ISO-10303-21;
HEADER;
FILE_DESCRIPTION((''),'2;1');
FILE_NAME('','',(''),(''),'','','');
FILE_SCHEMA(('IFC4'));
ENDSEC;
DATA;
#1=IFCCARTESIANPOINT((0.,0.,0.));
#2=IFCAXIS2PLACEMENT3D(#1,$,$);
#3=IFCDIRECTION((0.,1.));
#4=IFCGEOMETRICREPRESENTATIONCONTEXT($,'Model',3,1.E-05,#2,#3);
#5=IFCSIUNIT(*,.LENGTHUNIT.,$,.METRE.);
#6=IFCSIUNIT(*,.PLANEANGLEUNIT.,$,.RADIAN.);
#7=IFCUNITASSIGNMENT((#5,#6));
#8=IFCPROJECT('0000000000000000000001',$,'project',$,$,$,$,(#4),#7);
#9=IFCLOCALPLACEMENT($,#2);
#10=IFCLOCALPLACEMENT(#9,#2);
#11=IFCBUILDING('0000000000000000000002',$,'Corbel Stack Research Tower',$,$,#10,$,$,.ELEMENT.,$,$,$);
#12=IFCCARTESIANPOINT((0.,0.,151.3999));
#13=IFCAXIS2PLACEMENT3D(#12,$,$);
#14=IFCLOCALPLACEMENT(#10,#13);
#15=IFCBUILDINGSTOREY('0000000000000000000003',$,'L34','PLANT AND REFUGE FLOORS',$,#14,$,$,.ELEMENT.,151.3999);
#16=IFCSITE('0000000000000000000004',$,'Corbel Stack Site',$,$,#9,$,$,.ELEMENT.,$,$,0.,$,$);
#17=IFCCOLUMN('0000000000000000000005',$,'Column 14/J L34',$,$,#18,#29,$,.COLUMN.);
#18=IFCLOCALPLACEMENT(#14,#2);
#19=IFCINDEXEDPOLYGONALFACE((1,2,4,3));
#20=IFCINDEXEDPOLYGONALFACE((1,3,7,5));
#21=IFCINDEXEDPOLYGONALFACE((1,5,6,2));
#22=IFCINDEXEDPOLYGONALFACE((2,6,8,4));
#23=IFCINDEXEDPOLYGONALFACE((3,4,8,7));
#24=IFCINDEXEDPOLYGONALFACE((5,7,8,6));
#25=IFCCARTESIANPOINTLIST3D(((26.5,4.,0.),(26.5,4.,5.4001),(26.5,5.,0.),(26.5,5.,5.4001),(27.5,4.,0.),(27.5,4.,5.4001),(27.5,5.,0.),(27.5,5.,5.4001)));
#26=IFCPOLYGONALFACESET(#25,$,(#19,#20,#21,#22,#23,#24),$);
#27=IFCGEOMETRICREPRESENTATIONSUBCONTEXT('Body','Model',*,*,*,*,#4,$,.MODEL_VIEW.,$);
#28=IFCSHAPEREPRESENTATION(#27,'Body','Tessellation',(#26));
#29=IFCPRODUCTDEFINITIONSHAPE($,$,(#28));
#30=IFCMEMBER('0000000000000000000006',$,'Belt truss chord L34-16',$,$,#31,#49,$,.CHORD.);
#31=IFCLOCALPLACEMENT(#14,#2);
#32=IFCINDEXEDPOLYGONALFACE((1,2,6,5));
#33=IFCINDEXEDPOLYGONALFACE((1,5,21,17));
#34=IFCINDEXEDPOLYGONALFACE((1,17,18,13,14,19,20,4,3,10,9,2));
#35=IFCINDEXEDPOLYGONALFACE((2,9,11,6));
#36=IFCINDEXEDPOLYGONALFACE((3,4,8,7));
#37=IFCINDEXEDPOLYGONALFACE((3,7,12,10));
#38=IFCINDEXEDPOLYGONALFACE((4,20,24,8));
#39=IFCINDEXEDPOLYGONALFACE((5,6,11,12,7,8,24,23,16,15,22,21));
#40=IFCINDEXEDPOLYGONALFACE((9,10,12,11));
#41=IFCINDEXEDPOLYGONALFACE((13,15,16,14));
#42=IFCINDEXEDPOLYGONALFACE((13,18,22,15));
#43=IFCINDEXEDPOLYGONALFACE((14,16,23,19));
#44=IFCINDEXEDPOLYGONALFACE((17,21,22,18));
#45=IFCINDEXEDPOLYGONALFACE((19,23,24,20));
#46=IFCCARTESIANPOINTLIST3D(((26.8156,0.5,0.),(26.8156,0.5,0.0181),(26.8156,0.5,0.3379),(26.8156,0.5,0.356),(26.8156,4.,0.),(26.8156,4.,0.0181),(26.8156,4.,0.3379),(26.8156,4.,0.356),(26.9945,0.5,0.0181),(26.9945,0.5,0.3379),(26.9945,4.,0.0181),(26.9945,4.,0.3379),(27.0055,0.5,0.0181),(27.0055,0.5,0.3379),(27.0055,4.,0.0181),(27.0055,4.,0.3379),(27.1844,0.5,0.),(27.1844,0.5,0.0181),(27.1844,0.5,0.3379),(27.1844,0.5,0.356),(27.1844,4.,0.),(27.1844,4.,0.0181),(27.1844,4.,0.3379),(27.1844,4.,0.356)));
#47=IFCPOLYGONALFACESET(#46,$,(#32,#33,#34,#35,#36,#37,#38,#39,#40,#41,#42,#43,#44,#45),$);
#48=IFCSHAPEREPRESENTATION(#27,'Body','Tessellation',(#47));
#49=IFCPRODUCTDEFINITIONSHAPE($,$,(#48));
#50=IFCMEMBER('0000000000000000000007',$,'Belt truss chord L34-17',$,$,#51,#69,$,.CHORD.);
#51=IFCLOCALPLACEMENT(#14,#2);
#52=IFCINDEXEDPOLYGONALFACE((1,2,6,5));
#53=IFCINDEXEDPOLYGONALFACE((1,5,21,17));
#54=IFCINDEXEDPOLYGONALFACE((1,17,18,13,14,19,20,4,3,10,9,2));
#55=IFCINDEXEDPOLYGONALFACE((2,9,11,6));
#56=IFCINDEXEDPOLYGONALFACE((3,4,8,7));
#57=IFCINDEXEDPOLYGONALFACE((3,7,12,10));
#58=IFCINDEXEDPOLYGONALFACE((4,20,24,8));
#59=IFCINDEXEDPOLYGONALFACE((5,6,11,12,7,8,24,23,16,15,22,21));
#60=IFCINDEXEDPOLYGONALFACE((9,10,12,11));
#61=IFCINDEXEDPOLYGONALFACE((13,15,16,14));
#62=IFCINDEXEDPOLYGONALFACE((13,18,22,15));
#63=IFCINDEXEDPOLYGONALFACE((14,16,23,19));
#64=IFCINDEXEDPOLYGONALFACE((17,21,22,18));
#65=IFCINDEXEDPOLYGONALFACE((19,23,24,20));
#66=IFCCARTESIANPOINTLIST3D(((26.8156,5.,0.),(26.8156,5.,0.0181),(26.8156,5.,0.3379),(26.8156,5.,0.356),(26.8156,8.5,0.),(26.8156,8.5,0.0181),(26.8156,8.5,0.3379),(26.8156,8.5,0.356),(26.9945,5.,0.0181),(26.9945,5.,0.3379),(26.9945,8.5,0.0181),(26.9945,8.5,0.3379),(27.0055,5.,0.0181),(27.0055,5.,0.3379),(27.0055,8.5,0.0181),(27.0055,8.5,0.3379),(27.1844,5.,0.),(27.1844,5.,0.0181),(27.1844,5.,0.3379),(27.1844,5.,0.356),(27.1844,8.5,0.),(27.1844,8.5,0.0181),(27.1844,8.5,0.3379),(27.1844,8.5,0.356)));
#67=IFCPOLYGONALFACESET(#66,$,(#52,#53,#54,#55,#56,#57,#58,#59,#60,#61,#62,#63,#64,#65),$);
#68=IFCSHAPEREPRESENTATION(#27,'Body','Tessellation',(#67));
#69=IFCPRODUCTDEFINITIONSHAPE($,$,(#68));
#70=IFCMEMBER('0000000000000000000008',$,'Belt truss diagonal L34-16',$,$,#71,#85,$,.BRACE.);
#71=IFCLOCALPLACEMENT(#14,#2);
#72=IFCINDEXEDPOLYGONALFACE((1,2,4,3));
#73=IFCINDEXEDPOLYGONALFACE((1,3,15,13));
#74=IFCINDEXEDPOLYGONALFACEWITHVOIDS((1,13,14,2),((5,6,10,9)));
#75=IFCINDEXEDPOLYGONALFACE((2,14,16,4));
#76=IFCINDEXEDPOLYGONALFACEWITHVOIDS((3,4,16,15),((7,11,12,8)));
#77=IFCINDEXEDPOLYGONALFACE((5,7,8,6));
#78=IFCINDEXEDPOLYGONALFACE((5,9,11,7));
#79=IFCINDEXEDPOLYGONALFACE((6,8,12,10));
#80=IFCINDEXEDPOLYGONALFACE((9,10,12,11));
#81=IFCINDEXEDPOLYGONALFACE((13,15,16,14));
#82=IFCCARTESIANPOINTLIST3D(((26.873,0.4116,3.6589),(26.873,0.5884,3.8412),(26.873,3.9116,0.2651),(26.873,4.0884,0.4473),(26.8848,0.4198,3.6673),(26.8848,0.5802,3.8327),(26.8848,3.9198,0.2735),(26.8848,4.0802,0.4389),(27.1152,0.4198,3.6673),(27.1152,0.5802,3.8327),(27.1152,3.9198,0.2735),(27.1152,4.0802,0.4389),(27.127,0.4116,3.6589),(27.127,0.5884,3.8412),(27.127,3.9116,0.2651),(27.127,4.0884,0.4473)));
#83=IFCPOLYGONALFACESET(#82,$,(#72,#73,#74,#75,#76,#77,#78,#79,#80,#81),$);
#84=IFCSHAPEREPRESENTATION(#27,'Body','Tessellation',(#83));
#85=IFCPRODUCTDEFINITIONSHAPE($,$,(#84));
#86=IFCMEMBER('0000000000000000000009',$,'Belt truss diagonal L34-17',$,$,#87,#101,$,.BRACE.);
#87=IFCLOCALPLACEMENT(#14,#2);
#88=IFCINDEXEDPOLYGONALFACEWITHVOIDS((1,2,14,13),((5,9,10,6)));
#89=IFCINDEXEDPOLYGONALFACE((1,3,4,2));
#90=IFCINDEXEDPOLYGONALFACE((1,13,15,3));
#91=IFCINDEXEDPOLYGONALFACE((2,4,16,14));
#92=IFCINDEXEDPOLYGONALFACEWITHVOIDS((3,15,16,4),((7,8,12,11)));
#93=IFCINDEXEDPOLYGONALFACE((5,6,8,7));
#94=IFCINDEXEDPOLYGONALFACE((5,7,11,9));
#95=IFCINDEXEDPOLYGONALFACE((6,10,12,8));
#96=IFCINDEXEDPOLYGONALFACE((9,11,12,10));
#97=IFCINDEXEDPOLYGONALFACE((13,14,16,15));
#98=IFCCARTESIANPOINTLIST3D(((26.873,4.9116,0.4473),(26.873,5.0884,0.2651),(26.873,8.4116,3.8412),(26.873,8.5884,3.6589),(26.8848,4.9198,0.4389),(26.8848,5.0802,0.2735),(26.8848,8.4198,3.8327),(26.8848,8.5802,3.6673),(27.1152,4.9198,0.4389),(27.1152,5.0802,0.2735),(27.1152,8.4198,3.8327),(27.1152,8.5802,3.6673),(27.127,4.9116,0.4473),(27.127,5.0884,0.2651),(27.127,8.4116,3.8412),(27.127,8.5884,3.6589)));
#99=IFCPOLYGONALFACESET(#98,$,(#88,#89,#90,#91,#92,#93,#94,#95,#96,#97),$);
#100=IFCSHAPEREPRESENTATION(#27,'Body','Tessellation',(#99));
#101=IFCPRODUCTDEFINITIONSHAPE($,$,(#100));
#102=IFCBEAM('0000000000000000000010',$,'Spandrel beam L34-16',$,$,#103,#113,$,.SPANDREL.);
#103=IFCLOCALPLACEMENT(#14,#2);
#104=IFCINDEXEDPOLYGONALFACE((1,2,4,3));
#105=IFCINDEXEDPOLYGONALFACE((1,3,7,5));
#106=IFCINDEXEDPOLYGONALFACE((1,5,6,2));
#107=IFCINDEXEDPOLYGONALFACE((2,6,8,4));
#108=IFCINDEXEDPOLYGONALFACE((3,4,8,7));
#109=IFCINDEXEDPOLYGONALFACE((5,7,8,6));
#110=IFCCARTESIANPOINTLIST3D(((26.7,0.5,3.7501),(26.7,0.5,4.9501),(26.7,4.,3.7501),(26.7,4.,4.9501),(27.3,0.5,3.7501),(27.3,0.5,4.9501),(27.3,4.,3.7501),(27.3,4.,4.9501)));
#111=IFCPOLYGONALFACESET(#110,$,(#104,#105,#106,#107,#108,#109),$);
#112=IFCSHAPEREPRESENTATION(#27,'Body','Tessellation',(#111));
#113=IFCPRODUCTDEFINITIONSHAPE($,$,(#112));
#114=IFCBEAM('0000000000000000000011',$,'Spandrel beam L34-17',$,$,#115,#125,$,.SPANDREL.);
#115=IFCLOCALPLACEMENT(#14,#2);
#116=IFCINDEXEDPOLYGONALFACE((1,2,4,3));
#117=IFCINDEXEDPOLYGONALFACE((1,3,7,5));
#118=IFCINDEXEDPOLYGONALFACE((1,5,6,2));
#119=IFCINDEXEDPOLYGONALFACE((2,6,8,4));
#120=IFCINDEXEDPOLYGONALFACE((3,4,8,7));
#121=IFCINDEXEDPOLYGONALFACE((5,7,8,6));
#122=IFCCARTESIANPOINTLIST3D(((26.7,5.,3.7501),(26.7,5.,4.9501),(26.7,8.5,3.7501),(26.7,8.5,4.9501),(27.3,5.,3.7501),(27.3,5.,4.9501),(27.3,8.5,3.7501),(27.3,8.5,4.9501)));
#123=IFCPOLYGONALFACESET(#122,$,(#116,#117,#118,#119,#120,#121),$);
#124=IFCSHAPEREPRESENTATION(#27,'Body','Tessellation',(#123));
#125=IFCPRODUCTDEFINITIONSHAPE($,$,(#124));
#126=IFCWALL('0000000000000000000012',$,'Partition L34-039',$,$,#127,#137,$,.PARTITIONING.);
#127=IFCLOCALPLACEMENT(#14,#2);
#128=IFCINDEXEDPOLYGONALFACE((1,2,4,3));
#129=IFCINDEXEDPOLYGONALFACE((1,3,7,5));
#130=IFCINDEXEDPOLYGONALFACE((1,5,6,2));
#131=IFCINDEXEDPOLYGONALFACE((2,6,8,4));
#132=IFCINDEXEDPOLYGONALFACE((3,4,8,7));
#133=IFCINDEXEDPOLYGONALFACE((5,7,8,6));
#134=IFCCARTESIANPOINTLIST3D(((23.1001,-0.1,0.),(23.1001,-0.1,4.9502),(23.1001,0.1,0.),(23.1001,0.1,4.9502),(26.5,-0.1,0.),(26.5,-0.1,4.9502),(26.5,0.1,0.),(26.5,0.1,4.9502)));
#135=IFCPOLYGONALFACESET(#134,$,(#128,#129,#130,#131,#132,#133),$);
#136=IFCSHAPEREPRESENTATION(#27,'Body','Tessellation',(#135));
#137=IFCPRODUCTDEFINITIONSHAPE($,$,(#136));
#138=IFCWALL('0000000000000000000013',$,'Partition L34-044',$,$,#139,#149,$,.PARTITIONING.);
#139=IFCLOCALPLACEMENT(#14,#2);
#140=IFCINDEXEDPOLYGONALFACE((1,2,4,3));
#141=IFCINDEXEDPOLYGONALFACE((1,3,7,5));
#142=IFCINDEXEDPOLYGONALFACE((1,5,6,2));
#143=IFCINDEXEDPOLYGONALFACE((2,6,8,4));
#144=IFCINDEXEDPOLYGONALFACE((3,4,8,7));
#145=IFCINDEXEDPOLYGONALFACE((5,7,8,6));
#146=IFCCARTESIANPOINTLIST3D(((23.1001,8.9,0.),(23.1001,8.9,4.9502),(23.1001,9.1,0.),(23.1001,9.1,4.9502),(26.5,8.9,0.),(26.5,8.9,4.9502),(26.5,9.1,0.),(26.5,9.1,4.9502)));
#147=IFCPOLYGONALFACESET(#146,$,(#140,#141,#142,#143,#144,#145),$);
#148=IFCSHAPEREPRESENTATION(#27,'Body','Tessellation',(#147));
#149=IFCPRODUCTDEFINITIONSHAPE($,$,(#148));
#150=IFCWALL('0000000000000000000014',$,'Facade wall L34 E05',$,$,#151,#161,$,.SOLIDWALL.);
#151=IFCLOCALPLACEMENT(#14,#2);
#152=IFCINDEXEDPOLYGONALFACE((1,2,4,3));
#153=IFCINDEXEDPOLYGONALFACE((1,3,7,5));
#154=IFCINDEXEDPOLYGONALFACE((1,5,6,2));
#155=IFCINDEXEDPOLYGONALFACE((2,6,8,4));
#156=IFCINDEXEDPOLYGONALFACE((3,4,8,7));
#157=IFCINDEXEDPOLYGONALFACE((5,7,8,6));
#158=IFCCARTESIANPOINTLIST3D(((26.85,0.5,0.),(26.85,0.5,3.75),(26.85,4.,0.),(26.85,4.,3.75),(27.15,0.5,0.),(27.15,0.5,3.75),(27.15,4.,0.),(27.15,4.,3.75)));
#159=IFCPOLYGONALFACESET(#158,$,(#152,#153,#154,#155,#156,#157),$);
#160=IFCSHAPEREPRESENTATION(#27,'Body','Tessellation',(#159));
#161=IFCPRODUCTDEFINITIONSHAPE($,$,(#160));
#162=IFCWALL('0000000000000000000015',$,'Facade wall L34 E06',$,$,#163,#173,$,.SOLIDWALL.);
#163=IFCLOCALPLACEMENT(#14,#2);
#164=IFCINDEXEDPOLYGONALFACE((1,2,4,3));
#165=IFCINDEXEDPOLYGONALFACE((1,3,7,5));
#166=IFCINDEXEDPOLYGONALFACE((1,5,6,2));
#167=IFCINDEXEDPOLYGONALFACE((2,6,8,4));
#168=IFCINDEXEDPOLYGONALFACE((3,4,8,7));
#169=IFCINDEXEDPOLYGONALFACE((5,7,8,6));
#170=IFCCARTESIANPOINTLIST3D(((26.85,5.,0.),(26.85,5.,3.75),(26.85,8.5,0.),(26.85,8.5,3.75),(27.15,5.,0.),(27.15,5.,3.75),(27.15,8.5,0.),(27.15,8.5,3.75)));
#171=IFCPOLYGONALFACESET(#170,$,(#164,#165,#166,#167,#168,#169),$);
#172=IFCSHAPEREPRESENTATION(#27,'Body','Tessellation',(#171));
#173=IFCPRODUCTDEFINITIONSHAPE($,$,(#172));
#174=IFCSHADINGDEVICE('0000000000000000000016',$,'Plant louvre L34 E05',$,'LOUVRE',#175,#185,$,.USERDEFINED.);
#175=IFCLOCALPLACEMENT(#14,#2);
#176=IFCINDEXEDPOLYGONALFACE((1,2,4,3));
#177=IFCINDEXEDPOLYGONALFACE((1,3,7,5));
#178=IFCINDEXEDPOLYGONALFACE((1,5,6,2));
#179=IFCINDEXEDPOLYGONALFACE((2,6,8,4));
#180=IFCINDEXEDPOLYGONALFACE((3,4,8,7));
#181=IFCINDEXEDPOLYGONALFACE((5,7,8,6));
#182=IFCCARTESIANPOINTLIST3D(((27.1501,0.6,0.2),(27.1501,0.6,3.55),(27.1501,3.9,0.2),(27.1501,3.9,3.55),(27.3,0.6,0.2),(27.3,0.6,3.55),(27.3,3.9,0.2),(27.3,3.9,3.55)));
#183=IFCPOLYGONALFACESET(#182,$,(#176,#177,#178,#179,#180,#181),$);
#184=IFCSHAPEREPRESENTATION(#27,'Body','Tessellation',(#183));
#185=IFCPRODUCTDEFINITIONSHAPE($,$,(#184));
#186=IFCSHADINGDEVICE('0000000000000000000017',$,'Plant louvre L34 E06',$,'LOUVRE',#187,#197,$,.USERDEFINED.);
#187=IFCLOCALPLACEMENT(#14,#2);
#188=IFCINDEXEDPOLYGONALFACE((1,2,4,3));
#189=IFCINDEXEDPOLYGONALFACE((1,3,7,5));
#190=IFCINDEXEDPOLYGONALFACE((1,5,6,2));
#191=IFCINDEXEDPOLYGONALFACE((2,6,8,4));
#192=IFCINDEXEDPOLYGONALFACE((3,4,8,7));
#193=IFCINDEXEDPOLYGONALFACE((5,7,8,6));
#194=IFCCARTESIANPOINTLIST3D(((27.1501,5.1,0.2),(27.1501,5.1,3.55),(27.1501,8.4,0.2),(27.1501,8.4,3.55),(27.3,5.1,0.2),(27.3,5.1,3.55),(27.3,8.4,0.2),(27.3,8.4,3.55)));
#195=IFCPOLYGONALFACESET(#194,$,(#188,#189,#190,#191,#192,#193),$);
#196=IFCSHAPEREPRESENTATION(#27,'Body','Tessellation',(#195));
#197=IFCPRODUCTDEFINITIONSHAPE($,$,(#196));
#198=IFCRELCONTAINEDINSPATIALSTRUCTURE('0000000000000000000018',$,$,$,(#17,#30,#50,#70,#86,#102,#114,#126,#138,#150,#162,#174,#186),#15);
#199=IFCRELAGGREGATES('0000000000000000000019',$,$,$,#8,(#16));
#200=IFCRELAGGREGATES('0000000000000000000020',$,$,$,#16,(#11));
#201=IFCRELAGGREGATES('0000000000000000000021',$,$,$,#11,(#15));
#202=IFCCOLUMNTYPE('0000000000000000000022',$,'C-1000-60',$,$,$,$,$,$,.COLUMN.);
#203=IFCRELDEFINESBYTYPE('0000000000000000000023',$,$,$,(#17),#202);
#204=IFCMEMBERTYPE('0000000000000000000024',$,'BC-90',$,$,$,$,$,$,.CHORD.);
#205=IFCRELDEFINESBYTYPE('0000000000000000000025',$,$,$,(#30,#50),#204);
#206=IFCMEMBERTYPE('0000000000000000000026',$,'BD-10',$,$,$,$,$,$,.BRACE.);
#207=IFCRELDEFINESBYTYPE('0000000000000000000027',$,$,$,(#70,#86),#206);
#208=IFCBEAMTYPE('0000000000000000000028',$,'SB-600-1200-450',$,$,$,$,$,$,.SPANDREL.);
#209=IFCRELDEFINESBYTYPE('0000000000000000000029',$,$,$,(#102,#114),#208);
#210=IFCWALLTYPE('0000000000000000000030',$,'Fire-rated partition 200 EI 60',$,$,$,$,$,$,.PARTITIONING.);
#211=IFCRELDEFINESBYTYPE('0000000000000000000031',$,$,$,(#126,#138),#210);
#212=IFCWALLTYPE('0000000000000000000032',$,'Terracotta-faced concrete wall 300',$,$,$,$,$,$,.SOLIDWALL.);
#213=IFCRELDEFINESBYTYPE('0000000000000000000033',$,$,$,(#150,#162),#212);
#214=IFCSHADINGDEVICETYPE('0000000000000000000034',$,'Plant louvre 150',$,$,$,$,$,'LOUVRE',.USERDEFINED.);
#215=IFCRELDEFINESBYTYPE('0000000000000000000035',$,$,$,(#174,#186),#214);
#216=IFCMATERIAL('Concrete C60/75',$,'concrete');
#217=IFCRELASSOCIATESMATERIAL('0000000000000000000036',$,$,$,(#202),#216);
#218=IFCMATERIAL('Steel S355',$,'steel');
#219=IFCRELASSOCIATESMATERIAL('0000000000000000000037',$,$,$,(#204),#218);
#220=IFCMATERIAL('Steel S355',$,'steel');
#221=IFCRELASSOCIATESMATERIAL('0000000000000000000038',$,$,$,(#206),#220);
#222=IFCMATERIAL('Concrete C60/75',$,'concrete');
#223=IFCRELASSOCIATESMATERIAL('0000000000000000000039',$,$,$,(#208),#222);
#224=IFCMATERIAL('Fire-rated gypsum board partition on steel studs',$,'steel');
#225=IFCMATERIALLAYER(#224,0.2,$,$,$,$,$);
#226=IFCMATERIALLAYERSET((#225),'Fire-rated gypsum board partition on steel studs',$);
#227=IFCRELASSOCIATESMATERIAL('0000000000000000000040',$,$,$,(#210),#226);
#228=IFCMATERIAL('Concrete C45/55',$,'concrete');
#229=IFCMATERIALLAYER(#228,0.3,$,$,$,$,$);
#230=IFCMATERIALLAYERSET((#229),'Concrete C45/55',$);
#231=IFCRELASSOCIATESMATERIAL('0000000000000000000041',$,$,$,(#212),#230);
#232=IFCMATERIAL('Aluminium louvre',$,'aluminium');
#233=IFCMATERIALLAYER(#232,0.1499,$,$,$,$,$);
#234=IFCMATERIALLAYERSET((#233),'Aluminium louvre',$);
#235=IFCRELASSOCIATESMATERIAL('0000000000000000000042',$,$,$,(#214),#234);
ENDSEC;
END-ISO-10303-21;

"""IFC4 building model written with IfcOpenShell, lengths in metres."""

from ifc_helpers import new_model, si_unit, direction, frame, frame_2d, origin, origin_2d, place, context, subcontext, project, spatial, rectangle, hollow_rectangle, i_section, extrude, material, layer, layer_set, material_profile, profile_set, type_object, element, save


model = new_model("IFC4")

# Units and contexts
model_context = context("Model", 3, precision=1e-05, world=origin(), true_north=direction((0.0, 1.0)))
body_context = subcontext(model_context, "Body", "Model", "MODEL_VIEW")
ifc_project = project(units=[si_unit("LENGTHUNIT", "METRE"), si_unit("PLANEANGLEUNIT", "RADIAN")], contexts=[model_context])

# Site, building, storey
site_placement = place(None, origin())
site = spatial("IfcSite", under=ifc_project, at=site_placement, Name="Corbel Stack Site", CompositionType="ELEMENT", RefElevation=0.0)
building_placement = place(site_placement, origin())
building = spatial("IfcBuilding", under=site, at=building_placement, Name="Corbel Stack Research Tower", CompositionType="ELEMENT")
storey_placement = place(building_placement, frame((0.0, 0.0, 151.3999)))
storey = spatial("IfcBuildingStorey", under=building, at=storey_placement, Name="L34", Description="PLANT AND REFUGE FLOORS", CompositionType="ELEMENT", Elevation=151.3999)

# Column
ifc_material_1 = material(Name="Concrete C60/75", Category="concrete")
ifc_material_profile_1 = material_profile(ifc_material_1, rectangle(XDim=1.0, YDim=1.0, at=origin_2d()), Name="RC 1000 x 1000")
ifc_profile_set_1 = profile_set([ifc_material_profile_1], Name="Concrete C60/75")
column_type = type_object("IfcColumnType", Name="C-1000-60", PredefinedType="COLUMN", material=ifc_profile_set_1)
column_placement = place(storey_placement, frame((27.0, 4.5, 0.0), z_axis=(0.0, 0.0, 1.0), x_axis=(1.0, 0.0, 0.0)))
element("IfcColumn", 1, at=column_placement, inside=storey, type_object=column_type, Name="Column 14/J L34", PredefinedType="COLUMN", context=body_context, shape_type="SweptSolid", body=[
    extrude(rectangle(XDim=1.0, YDim=1.0, at=origin_2d()), origin(), (0.0, 0.0, 1.0), 5.4001),
])

# Members
ifc_material_2 = material(Name="Steel S355", Category="steel")
ifc_material_profile_2 = material_profile(ifc_material_2, i_section(OverallWidth=0.3689, OverallDepth=0.356, WebThickness=0.011, FlangeThickness=0.0181, at=origin_2d()), Name="W14x90")
ifc_profile_set_2 = profile_set([ifc_material_profile_2], Name="Steel S355")
member_type_1 = type_object("IfcMemberType", Name="BC-90", PredefinedType="CHORD", material=ifc_profile_set_2)
for number, where, z_axis, x_axis, name in (
    (2, (27.0, 0.5, 0.178), (0.0, 1.0, 0.0), (-1.0, 0.0, 0.0), "Belt truss chord L34-16"),
    (3, (27.0, 5.0, 0.178), (0.0, 1.0, 0.0), (-1.0, 0.0, 0.0), "Belt truss chord L34-17"),
):
    element("IfcMember", number, at=place(storey_placement, frame(where, z_axis=z_axis, x_axis=x_axis)), inside=storey, type_object=member_type_1, Name=name, PredefinedType="CHORD", context=body_context, shape_type="SweptSolid", body=[
        extrude(i_section(OverallWidth=0.3689, OverallDepth=0.356, WebThickness=0.011, FlangeThickness=0.0181, at=origin_2d()), origin(), (0.0, 0.0, 1.0), 3.5),
    ])
ifc_material_3 = material(Name="Steel S355", Category="steel")
ifc_material_profile_3 = material_profile(ifc_material_3, hollow_rectangle(XDim=0.2539, YDim=0.2539, WallThickness=0.0117, at=origin_2d()), Name="HSS10x10x1/2")
ifc_profile_set_3 = profile_set([ifc_material_profile_3], Name="Steel S355")
member_type_2 = type_object("IfcMemberType", Name="BD-10", PredefinedType="BRACE", material=ifc_profile_set_3)
for number, where, z_axis, x_axis, name in (
    (4, (27.0, 4.0, 0.3562), (0.0, -0.717915, 0.696131), (1.0, 0.0, 0.0), "Belt truss diagonal L34-16"),
    (5, (27.0, 5.0, 0.3562), (0.0, 0.717915, 0.696131), (-1.0, 0.0, 0.0), "Belt truss diagonal L34-17"),
):
    element("IfcMember", number, at=place(storey_placement, frame(where, z_axis=z_axis, x_axis=x_axis)), inside=storey, type_object=member_type_2, Name=name, PredefinedType="BRACE", context=body_context, shape_type="SweptSolid", body=[
        extrude(hollow_rectangle(XDim=0.2539, YDim=0.2539, WallThickness=0.0117, at=origin_2d()), origin(), (0.0, 0.0, 1.0), 4.8752),
    ])

# Beams
ifc_material_4 = material(Name="Concrete C60/75", Category="concrete")
ifc_material_profile_4 = material_profile(ifc_material_4, rectangle(XDim=0.6001, YDim=1.2, at=origin_2d()), Name="RC 600 x 1200")
ifc_profile_set_4 = profile_set([ifc_material_profile_4], Name="Concrete C60/75")
beam_type = type_object("IfcBeamType", Name="SB-600-1200-450", PredefinedType="SPANDREL", material=ifc_profile_set_4)
for number, where, z_axis, x_axis, name in (
    (6, (27.0, 0.5, 4.3501), (0.0, 1.0, 0.0), (-1.0, 0.0, 0.0), "Spandrel beam L34-16"),
    (7, (27.0, 5.0, 4.3501), (0.0, 1.0, 0.0), (-1.0, 0.0, 0.0), "Spandrel beam L34-17"),
):
    element("IfcBeam", number, at=place(storey_placement, frame(where, z_axis=z_axis, x_axis=x_axis)), inside=storey, type_object=beam_type, Name=name, PredefinedType="SPANDREL", context=body_context, shape_type="SweptSolid", body=[
        extrude(rectangle(XDim=0.6001, YDim=1.2, at=origin_2d()), origin(), (0.0, 0.0, 1.0), 3.5),
    ])

# Walls
ifc_material_5 = material(Name="Fire-rated gypsum board partition on steel studs", Category="steel")
ifc_layer_1 = layer(ifc_material_5, 0.2)
ifc_layer_set_1 = layer_set([ifc_layer_1], Name="Fire-rated gypsum board partition on steel studs")
wall_type_1 = type_object("IfcWallType", Name="Fire-rated partition 200 EI 60", PredefinedType="PARTITIONING", material=ifc_layer_set_1)
for number, where, z_axis, x_axis, name in (
    (8, (23.1001, 0.0, 0.0), (0.0, 0.0, 1.0), (1.0, 0.0, 0.0), "Partition L34-039"),
    (9, (23.1001, 9.0, 0.0), (0.0, 0.0, 1.0), (1.0, 0.0, 0.0), "Partition L34-044"),
):
    element("IfcWall", number, at=place(storey_placement, frame(where, z_axis=z_axis, x_axis=x_axis)), inside=storey, type_object=wall_type_1, Name=name, PredefinedType="PARTITIONING", context=body_context, shape_type="SweptSolid", body=[
        extrude(rectangle(XDim=3.3999, YDim=0.2, at=frame_2d((1.7, 0.0))), origin(), (0.0, 0.0, 1.0), 4.9502),
    ])
ifc_material_6 = material(Name="Concrete C45/55", Category="concrete")
ifc_layer_2 = layer(ifc_material_6, 0.3)
ifc_layer_set_2 = layer_set([ifc_layer_2], Name="Concrete C45/55")
wall_type_2 = type_object("IfcWallType", Name="Terracotta-faced concrete wall 300", PredefinedType="SOLIDWALL", material=ifc_layer_set_2)
for number, where, z_axis, x_axis, name in (
    (10, (27.0, 4.0, 0.0), (0.0, 0.0, 1.0), (0.0, -1.0, 0.0), "Facade wall L34 E05"),
    (11, (27.0, 8.5, 0.0), (0.0, 0.0, 1.0), (0.0, -1.0, 0.0), "Facade wall L34 E06"),
):
    element("IfcWall", number, at=place(storey_placement, frame(where, z_axis=z_axis, x_axis=x_axis)), inside=storey, type_object=wall_type_2, Name=name, PredefinedType="SOLIDWALL", context=body_context, shape_type="SweptSolid", body=[
        extrude(rectangle(XDim=3.5, YDim=0.3, at=frame_2d((1.75, 0.0))), origin(), (0.0, 0.0, 1.0), 3.75),
    ])

# Shading devices
ifc_material_7 = material(Name="Aluminium louvre", Category="aluminium")
ifc_layer_3 = layer(ifc_material_7, 0.1499)
ifc_layer_set_3 = layer_set([ifc_layer_3], Name="Aluminium louvre")
shading_device_type = type_object("IfcShadingDeviceType", Name="Plant louvre 150", ElementType="LOUVRE", PredefinedType="USERDEFINED", material=ifc_layer_set_3)
for number, where, z_axis, x_axis, name in (
    (12, (27.2251, 2.25, 0.2), (0.0, 0.0, 1.0), (0.0, 1.0, 0.0), "Plant louvre L34 E05"),
    (13, (27.2251, 6.75, 0.2), (0.0, 0.0, 1.0), (0.0, 1.0, 0.0), "Plant louvre L34 E06"),
):
    element("IfcShadingDevice", number, at=place(storey_placement, frame(where, z_axis=z_axis, x_axis=x_axis)), inside=storey, type_object=shading_device_type, Name=name, ObjectType="LOUVRE", PredefinedType="USERDEFINED", context=body_context, shape_type="SweptSolid", body=[
        extrude(rectangle(XDim=3.3, YDim=0.1499, at=origin_2d()), origin(), (0.0, 0.0, 1.0), 3.3501),
    ])

save(model, "model.ifc")
